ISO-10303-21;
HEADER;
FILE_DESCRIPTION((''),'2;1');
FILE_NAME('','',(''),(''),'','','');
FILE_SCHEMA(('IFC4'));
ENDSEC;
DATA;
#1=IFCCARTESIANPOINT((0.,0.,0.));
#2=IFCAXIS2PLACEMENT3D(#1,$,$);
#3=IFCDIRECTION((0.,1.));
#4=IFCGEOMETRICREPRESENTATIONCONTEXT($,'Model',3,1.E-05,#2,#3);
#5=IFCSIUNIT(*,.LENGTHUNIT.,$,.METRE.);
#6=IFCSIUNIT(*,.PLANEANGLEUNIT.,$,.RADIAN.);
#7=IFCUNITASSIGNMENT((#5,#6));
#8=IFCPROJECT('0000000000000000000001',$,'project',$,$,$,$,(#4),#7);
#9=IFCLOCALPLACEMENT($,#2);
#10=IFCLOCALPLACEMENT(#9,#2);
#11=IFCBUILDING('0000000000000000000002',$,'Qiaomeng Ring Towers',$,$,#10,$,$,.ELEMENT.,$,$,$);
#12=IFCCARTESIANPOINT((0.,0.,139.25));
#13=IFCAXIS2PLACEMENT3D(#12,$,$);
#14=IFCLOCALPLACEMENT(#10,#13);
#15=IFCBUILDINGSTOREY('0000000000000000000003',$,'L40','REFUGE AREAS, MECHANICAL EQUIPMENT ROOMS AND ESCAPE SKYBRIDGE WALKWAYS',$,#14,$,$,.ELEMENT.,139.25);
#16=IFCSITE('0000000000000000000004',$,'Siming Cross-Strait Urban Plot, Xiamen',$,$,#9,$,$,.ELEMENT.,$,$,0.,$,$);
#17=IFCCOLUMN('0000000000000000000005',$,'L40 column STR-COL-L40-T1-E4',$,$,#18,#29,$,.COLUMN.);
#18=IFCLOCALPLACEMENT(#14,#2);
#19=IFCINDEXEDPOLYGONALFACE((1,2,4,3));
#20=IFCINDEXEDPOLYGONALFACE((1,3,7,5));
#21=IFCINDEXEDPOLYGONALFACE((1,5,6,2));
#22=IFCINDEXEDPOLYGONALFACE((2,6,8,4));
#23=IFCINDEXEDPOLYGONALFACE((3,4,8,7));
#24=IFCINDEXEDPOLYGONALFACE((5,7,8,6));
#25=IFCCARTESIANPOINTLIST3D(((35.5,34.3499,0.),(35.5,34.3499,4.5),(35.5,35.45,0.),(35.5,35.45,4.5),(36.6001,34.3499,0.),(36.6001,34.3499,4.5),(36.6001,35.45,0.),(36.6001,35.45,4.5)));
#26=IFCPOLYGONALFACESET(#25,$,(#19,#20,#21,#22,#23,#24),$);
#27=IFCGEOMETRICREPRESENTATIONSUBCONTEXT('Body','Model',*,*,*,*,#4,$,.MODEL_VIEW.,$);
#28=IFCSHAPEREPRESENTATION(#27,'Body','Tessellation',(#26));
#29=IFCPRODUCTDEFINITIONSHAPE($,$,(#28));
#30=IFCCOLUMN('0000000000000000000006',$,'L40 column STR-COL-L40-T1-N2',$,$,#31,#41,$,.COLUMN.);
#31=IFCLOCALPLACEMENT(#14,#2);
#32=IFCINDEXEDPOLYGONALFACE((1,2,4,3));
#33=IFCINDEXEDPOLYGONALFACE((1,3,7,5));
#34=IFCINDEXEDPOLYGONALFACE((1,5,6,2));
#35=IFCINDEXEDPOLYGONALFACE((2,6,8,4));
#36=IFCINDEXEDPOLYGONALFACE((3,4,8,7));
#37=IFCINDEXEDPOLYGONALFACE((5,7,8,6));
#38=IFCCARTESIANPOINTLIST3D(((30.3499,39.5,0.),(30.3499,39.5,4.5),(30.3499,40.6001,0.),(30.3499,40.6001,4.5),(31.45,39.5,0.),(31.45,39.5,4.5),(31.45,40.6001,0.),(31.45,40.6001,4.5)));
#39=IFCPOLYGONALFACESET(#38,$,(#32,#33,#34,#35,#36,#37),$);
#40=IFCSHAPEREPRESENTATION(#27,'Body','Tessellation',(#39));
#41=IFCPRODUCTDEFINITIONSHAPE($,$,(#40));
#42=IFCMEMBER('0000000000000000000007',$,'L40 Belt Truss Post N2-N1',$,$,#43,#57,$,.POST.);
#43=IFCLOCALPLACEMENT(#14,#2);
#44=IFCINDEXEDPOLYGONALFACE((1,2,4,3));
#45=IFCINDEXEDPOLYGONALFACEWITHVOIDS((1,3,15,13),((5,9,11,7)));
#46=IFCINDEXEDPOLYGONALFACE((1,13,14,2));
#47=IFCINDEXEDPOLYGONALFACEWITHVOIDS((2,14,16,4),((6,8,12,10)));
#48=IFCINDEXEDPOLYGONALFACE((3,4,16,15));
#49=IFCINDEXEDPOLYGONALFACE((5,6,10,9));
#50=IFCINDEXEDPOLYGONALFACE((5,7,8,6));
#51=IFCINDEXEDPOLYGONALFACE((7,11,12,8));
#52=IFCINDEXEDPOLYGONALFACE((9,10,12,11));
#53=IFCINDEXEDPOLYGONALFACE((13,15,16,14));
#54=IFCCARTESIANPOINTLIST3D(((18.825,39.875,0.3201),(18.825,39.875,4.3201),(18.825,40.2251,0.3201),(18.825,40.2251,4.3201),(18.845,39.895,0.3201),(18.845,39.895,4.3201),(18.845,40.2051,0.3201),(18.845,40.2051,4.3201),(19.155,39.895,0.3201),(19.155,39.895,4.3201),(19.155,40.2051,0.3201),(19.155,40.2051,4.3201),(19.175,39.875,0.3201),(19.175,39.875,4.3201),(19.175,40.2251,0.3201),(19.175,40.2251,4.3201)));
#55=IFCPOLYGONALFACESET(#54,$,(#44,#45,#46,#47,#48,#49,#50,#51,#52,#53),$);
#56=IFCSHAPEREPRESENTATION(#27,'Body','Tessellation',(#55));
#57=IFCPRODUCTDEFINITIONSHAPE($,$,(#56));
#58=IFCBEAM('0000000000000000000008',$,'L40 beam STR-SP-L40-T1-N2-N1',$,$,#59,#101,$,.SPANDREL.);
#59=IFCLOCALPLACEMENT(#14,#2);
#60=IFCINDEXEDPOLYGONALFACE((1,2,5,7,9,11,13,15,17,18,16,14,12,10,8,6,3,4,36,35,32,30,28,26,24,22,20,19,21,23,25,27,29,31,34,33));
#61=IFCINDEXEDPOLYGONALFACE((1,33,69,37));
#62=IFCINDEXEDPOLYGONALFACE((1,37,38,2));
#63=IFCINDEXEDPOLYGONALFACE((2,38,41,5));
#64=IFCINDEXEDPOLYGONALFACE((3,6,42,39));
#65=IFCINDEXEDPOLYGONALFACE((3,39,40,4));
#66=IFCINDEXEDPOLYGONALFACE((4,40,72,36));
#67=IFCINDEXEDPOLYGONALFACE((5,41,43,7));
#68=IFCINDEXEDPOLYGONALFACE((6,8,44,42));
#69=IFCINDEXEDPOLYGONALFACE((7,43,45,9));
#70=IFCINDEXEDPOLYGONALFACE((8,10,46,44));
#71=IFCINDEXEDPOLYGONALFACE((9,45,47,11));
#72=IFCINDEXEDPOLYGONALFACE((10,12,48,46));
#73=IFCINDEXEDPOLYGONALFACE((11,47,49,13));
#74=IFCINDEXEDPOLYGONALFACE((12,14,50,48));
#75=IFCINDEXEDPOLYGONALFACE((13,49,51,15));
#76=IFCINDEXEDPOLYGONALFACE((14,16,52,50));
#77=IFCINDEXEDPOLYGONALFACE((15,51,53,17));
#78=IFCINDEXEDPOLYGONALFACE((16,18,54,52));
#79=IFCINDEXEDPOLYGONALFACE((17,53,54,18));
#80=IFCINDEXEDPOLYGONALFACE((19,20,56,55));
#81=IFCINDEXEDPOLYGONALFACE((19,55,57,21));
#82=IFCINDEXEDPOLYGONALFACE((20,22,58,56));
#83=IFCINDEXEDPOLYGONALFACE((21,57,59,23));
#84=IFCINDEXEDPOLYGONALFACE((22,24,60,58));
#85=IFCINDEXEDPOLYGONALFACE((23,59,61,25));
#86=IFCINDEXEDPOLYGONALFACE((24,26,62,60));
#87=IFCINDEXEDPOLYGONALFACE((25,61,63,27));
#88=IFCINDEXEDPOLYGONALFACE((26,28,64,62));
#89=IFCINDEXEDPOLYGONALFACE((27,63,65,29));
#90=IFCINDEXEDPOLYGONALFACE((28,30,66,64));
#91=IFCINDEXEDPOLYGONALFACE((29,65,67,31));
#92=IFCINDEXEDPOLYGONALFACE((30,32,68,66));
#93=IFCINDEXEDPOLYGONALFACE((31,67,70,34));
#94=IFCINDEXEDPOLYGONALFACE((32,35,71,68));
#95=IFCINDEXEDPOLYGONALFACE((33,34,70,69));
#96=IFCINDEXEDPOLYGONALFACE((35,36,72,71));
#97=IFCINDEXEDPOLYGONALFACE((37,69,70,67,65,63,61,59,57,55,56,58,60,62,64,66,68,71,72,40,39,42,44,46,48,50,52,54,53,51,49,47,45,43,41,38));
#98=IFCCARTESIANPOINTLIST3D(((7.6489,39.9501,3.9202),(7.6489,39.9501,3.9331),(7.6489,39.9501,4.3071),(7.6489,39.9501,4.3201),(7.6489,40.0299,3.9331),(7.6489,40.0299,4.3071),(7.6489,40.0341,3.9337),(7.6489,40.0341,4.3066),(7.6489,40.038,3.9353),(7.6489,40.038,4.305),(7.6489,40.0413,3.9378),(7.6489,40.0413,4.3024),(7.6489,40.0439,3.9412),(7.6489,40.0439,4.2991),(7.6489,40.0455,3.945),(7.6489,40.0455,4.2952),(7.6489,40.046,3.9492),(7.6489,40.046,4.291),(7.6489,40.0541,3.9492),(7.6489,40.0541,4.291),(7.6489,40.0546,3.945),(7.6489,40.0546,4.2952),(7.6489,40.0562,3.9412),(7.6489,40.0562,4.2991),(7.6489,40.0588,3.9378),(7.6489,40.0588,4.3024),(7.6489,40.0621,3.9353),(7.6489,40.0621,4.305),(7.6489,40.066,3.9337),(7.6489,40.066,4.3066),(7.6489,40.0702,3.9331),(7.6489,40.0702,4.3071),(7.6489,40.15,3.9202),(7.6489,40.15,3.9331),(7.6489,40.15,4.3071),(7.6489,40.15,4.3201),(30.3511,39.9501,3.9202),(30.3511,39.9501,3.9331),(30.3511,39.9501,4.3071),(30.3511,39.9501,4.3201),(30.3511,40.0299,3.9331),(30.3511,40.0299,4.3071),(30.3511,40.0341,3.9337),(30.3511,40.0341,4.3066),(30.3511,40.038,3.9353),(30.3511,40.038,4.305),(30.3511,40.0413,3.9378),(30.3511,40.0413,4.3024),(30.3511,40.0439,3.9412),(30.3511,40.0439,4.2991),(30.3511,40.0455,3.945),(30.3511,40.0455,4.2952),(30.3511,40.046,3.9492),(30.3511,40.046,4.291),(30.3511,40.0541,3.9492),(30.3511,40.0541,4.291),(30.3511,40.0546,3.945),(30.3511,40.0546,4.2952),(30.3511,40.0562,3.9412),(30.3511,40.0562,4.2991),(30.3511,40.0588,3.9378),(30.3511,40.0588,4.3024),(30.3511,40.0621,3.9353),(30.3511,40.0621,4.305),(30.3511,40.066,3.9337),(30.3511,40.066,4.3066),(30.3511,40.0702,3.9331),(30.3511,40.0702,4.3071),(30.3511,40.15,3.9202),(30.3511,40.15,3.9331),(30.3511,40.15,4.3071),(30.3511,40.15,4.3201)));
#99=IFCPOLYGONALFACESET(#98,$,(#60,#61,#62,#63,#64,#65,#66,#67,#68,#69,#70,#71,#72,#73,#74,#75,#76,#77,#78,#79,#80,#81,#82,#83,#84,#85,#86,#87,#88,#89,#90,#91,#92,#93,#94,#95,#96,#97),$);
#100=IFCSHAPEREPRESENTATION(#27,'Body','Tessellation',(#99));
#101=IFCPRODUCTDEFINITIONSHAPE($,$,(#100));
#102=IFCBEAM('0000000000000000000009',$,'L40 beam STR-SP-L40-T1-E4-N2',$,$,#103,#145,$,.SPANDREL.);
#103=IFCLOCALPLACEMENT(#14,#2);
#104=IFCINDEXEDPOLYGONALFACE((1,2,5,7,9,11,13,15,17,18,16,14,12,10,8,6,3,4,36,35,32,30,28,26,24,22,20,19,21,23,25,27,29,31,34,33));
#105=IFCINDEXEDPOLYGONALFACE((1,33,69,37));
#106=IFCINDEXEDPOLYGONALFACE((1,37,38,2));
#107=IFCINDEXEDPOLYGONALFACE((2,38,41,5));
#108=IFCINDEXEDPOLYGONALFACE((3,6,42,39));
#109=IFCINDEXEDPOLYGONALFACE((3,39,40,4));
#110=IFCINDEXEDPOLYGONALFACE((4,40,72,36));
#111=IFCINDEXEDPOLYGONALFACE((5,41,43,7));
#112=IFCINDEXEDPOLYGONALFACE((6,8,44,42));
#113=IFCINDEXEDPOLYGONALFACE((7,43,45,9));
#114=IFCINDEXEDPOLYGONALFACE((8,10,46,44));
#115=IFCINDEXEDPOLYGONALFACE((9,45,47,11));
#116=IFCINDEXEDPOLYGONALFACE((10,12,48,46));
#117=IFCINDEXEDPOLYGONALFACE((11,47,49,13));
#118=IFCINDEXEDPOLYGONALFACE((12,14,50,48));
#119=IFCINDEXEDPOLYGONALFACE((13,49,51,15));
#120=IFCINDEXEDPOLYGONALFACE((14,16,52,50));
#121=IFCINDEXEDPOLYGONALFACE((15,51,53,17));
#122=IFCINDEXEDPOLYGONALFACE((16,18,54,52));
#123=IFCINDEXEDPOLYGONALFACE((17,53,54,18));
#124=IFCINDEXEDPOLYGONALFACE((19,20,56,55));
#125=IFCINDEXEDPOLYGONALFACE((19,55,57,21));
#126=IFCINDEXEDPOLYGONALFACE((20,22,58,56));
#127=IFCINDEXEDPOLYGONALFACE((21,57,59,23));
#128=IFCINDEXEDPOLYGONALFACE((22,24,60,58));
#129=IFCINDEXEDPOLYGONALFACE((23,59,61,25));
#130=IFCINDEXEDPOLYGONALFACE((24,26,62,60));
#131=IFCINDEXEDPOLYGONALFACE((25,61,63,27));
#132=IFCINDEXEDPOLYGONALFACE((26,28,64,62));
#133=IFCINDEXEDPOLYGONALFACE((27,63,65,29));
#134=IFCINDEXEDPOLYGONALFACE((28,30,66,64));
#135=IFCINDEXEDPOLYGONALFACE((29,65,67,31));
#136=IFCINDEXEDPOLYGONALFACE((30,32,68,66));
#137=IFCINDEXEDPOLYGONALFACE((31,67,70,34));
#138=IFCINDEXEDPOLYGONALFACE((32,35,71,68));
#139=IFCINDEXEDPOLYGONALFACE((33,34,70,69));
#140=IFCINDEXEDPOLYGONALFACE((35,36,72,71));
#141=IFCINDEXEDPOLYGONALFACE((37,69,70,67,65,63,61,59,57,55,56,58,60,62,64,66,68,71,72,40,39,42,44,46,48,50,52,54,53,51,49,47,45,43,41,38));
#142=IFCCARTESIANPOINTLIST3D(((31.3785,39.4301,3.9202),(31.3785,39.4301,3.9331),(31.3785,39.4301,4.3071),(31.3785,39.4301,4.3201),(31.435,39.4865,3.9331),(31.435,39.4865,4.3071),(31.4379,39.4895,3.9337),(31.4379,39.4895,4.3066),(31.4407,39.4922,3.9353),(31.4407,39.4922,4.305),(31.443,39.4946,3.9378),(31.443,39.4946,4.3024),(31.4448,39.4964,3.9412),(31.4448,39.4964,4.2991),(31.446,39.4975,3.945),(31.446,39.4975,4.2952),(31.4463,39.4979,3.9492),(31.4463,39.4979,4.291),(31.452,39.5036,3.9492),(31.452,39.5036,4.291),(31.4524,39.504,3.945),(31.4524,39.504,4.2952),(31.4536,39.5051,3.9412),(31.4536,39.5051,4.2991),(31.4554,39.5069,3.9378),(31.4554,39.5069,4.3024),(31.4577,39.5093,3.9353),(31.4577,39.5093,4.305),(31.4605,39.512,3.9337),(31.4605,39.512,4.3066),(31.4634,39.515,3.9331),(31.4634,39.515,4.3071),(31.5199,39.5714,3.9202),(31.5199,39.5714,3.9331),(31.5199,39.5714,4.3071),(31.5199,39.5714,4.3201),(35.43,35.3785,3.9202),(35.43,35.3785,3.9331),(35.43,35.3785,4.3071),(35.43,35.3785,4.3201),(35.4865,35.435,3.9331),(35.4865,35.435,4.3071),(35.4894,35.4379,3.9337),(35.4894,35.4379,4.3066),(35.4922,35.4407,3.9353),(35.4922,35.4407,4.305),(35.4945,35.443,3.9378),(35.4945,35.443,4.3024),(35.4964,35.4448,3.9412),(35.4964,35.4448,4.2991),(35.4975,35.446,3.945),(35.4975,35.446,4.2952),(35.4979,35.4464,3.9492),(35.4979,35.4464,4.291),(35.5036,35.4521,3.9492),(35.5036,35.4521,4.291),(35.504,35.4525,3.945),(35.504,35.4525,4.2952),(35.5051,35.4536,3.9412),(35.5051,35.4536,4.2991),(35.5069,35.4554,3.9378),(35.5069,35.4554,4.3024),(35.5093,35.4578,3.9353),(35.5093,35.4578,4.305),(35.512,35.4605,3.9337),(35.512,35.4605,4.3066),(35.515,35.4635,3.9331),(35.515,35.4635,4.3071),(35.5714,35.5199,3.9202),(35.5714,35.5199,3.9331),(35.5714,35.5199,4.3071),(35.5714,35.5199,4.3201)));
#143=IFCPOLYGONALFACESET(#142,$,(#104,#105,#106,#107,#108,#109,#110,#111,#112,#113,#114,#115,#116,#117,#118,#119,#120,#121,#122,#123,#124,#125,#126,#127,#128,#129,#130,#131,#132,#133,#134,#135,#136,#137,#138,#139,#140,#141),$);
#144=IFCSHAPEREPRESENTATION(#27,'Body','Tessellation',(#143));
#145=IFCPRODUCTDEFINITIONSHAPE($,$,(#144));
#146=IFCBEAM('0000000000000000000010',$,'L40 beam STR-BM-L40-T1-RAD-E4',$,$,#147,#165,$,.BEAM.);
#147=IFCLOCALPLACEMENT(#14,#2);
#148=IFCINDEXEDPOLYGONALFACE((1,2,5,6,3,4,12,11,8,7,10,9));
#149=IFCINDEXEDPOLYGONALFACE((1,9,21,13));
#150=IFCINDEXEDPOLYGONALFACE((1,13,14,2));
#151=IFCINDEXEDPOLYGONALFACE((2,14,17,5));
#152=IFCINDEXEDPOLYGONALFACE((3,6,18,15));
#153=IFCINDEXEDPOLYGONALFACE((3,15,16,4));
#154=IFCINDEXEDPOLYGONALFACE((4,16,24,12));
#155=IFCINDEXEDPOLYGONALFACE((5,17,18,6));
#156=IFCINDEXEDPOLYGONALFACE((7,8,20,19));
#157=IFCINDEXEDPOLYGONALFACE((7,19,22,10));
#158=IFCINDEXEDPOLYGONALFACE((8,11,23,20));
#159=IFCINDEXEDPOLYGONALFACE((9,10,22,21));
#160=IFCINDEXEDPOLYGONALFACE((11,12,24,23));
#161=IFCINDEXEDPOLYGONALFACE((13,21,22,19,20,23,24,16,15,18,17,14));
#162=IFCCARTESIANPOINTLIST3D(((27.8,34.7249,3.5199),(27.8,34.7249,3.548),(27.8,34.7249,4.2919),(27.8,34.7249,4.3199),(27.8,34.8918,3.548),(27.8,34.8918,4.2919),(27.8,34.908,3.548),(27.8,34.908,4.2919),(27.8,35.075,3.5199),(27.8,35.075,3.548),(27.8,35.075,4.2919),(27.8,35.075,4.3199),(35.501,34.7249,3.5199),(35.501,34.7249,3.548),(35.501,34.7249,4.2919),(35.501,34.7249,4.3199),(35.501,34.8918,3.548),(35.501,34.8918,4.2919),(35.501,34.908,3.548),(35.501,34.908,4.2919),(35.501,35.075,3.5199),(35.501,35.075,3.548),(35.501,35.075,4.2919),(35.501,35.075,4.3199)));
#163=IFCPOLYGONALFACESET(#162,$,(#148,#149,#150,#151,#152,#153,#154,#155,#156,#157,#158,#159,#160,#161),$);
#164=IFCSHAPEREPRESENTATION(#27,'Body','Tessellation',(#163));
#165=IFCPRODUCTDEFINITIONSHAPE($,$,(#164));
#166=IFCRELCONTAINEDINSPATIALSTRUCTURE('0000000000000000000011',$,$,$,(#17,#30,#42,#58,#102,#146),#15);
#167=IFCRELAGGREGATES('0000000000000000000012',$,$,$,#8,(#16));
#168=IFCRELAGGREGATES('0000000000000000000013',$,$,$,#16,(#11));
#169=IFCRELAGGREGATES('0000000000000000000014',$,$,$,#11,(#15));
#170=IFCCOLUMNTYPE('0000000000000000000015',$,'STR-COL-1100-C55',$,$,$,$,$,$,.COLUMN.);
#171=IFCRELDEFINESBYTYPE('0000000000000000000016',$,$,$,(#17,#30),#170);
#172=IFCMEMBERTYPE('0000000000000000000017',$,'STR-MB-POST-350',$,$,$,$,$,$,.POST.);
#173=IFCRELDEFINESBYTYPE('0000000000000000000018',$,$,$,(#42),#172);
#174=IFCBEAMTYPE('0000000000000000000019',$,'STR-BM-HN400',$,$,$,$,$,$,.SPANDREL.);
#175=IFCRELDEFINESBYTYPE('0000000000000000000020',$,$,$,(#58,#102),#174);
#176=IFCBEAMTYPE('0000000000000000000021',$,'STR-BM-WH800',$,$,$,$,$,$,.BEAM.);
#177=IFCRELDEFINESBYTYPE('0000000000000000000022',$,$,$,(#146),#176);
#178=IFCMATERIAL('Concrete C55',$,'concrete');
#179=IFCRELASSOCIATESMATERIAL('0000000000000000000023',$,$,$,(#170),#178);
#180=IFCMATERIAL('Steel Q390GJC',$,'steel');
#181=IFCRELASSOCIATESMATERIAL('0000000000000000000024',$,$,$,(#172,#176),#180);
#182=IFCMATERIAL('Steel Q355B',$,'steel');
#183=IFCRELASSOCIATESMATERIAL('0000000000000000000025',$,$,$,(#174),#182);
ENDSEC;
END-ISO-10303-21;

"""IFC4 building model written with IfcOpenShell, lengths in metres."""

from ifc_helpers import new_model, si_unit, direction, frame, origin, origin_2d, place, context, subcontext, project, spatial, rectangle, hollow_rectangle, i_section, extrude, source, transform, mapped, material, material_profile, profile_set, type_object, element, save


model = new_model("IFC4")

# Units and contexts
model_context = context("Model", 3, precision=1e-05, world=origin(), true_north=direction((0.0, 1.0)))
body_context = subcontext(model_context, "Body", "Model", "MODEL_VIEW")
ifc_project = project(units=[si_unit("LENGTHUNIT", "METRE"), si_unit("PLANEANGLEUNIT", "RADIAN")], contexts=[model_context])

# Site, building, storey
site_placement = place(None, origin())
site = spatial("IfcSite", under=ifc_project, at=site_placement, Name="Siming Cross-Strait Urban Plot, Xiamen", CompositionType="ELEMENT", RefElevation=0.0)
building_placement = place(site_placement, origin())
building = spatial("IfcBuilding", under=site, at=building_placement, Name="Qiaomeng Ring Towers", CompositionType="ELEMENT")
storey_placement = place(building_placement, frame((0.0, 0.0, 139.25)))
storey = spatial("IfcBuildingStorey", under=building, at=storey_placement, Name="L40", Description="REFUGE AREAS, MECHANICAL EQUIPMENT ROOMS AND ESCAPE SKYBRIDGE WALKWAYS", CompositionType="ELEMENT", Elevation=139.25)

# Columns
ifc_material_1 = material(Name="Concrete C55", Category="concrete")
ifc_material_profile_1 = material_profile(ifc_material_1, rectangle(XDim=1.1001, YDim=1.1001, at=origin_2d()), Name="RC COL 1100x1100")
ifc_profile_set_1 = profile_set([ifc_material_profile_1], Name="Concrete C55")
column_type = type_object("IfcColumnType", Name="STR-COL-1100-C55", PredefinedType="COLUMN", material=ifc_profile_set_1)
shared_shape_1 = source(origin(), body_context, "Body", "SweptSolid", [
    extrude(rectangle(XDim=1.1001, YDim=1.1001, at=origin_2d()), origin(), (0.0, 0.0, 1.0), 4.5),
])
for number, where, z_axis, x_axis, name in (
    (1, (36.05, 34.8999, 0.0), (0.0, 0.0, 1.0), (1.0, 0.0, 0.0), "L40 column STR-COL-L40-T1-E4"),
    (2, (30.8999, 40.05, 0.0), (0.0, 0.0, 1.0), (1.0, 0.0, 0.0), "L40 column STR-COL-L40-T1-N2"),
):
    element("IfcColumn", number, at=place(storey_placement, frame(where, z_axis=z_axis, x_axis=x_axis)), inside=storey, type_object=column_type, Name=name, PredefinedType="COLUMN", context=body_context, shape_type="MappedRepresentation", body=[
        mapped(shared_shape_1, transform((0.0, 0.0, 0.0), x_axis=(1.0, 0.0, 0.0), y_axis=(0.0, 1.0, 0.0), z_axis=(0.0, 0.0, 1.0), scale=1.0)),
    ])

# Member
ifc_material_2 = material(Name="Steel Q390GJC", Category="steel")
ifc_material_profile_2 = material_profile(ifc_material_2, hollow_rectangle(XDim=0.3501, YDim=0.3501, WallThickness=0.02, at=origin_2d()), Name="SHS 350x350x20")
ifc_profile_set_2 = profile_set([ifc_material_profile_2], Name="Steel Q390GJC")
member_type_1 = type_object("IfcMemberType", Name="STR-MB-POST-350", PredefinedType="POST", material=ifc_profile_set_2)
shared_shape_2 = source(origin(), body_context, "Body", "SweptSolid", [
    extrude(hollow_rectangle(XDim=0.3501, YDim=0.3501, WallThickness=0.02, at=origin_2d()), origin(), (0.0, 0.0, 1.0), 4.0),
])
member_1_placement = place(storey_placement, frame((19.0, 40.05, 0.3201), z_axis=(0.0, 0.0, 1.0), x_axis=(1.0, 0.0, 0.0)))
element("IfcMember", 3, at=member_1_placement, inside=storey, type_object=member_type_1, Name="L40 Belt Truss Post N2-N1", PredefinedType="POST", context=body_context, shape_type="MappedRepresentation", body=[
    mapped(shared_shape_2, transform((0.0, 0.0, 0.0), x_axis=(1.0, 0.0, 0.0), y_axis=(0.0, 1.0, 0.0), z_axis=(0.0, 0.0, 1.0), scale=1.0)),
])

# Beams
ifc_material_3 = material(Name="Steel Q355B", Category="steel")
ifc_material_profile_3 = material_profile(ifc_material_3, i_section(OverallWidth=0.2, OverallDepth=0.3999, WebThickness=0.0081, FlangeThickness=0.0129, FilletRadius=0.0161, at=origin_2d()), Name="HN 400x200x8x13")
ifc_profile_set_3 = profile_set([ifc_material_profile_3], Name="Steel Q355B")
beam_type_1 = type_object("IfcBeamType", Name="STR-BM-HN400", PredefinedType="SPANDREL", material=ifc_profile_set_3)
shared_shape_3 = source(origin(), body_context, "Body", "SweptSolid", [
    extrude(i_section(OverallWidth=0.2, OverallDepth=0.3999, WebThickness=0.0081, FlangeThickness=0.0129, FilletRadius=0.0161, at=origin_2d()), origin(), (0.0, 0.0, 1.0), 22.7021),
])
beam_1_placement = place(storey_placement, frame((30.3511, 40.05, 4.1201), z_axis=(-1.0, 0.0, 0.0), x_axis=(0.0, -1.0, 0.0)))
element("IfcBeam", 4, at=beam_1_placement, inside=storey, type_object=beam_type_1, Name="L40 beam STR-SP-L40-T1-N2-N1", PredefinedType="SPANDREL", context=body_context, shape_type="MappedRepresentation", body=[
    mapped(shared_shape_3, transform((0.0, 0.0, 0.0), x_axis=(1.0, 0.0, 0.0), y_axis=(0.0, 1.0, 0.0), z_axis=(0.0, 0.0, 1.0), scale=1.0)),
])
shared_shape_4 = source(origin(), body_context, "Body", "SweptSolid", [
    extrude(i_section(OverallWidth=0.2, OverallDepth=0.3999, WebThickness=0.0081, FlangeThickness=0.0129, FilletRadius=0.0161, at=origin_2d()), origin(), (0.0, 0.0, 1.0), 5.7297),
])
beam_2_placement = place(storey_placement, frame((35.5007, 35.4492, 4.1201), z_axis=(-0.707107, 0.707107, 0.0), x_axis=(-0.707107, -0.707107, 0.0)))
element("IfcBeam", 5, at=beam_2_placement, inside=storey, type_object=beam_type_1, Name="L40 beam STR-SP-L40-T1-E4-N2", PredefinedType="SPANDREL", context=body_context, shape_type="MappedRepresentation", body=[
    mapped(shared_shape_4, transform((0.0, 0.0, 0.0), x_axis=(1.0, 0.0, 0.0), y_axis=(0.0, 1.0, 0.0), z_axis=(0.0, 0.0, 1.0), scale=1.0)),
])
ifc_material_profile_4 = material_profile(ifc_material_2, i_section(OverallWidth=0.3501, OverallDepth=0.8, WebThickness=0.0161, FlangeThickness=0.0281, at=origin_2d()), Name="WH 800x350x16x28")
ifc_profile_set_4 = profile_set([ifc_material_profile_4], Name="Steel Q390GJC")
beam_type_2 = type_object("IfcBeamType", Name="STR-BM-WH800", PredefinedType="BEAM", material=ifc_profile_set_4)
shared_shape_5 = source(origin(), body_context, "Body", "SweptSolid", [
    extrude(i_section(OverallWidth=0.3501, OverallDepth=0.8, WebThickness=0.0161, FlangeThickness=0.0281, at=origin_2d()), origin(), (0.0, 0.0, 1.0), 7.7009),
])
beam_3_placement = place(storey_placement, frame((27.8, 34.8999, 3.9199), z_axis=(1.0, 0.0, 0.0), x_axis=(0.0, 1.0, 0.0)))
element("IfcBeam", 6, at=beam_3_placement, inside=storey, type_object=beam_type_2, Name="L40 beam STR-BM-L40-T1-RAD-E4", PredefinedType="BEAM", context=body_context, shape_type="MappedRepresentation", body=[
    mapped(shared_shape_5, transform((0.0, 0.0, 0.0), x_axis=(1.0, 0.0, 0.0), y_axis=(0.0, 1.0, 0.0), z_axis=(0.0, 0.0, 1.0), scale=1.0)),
])

save(model, "model.ifc")
